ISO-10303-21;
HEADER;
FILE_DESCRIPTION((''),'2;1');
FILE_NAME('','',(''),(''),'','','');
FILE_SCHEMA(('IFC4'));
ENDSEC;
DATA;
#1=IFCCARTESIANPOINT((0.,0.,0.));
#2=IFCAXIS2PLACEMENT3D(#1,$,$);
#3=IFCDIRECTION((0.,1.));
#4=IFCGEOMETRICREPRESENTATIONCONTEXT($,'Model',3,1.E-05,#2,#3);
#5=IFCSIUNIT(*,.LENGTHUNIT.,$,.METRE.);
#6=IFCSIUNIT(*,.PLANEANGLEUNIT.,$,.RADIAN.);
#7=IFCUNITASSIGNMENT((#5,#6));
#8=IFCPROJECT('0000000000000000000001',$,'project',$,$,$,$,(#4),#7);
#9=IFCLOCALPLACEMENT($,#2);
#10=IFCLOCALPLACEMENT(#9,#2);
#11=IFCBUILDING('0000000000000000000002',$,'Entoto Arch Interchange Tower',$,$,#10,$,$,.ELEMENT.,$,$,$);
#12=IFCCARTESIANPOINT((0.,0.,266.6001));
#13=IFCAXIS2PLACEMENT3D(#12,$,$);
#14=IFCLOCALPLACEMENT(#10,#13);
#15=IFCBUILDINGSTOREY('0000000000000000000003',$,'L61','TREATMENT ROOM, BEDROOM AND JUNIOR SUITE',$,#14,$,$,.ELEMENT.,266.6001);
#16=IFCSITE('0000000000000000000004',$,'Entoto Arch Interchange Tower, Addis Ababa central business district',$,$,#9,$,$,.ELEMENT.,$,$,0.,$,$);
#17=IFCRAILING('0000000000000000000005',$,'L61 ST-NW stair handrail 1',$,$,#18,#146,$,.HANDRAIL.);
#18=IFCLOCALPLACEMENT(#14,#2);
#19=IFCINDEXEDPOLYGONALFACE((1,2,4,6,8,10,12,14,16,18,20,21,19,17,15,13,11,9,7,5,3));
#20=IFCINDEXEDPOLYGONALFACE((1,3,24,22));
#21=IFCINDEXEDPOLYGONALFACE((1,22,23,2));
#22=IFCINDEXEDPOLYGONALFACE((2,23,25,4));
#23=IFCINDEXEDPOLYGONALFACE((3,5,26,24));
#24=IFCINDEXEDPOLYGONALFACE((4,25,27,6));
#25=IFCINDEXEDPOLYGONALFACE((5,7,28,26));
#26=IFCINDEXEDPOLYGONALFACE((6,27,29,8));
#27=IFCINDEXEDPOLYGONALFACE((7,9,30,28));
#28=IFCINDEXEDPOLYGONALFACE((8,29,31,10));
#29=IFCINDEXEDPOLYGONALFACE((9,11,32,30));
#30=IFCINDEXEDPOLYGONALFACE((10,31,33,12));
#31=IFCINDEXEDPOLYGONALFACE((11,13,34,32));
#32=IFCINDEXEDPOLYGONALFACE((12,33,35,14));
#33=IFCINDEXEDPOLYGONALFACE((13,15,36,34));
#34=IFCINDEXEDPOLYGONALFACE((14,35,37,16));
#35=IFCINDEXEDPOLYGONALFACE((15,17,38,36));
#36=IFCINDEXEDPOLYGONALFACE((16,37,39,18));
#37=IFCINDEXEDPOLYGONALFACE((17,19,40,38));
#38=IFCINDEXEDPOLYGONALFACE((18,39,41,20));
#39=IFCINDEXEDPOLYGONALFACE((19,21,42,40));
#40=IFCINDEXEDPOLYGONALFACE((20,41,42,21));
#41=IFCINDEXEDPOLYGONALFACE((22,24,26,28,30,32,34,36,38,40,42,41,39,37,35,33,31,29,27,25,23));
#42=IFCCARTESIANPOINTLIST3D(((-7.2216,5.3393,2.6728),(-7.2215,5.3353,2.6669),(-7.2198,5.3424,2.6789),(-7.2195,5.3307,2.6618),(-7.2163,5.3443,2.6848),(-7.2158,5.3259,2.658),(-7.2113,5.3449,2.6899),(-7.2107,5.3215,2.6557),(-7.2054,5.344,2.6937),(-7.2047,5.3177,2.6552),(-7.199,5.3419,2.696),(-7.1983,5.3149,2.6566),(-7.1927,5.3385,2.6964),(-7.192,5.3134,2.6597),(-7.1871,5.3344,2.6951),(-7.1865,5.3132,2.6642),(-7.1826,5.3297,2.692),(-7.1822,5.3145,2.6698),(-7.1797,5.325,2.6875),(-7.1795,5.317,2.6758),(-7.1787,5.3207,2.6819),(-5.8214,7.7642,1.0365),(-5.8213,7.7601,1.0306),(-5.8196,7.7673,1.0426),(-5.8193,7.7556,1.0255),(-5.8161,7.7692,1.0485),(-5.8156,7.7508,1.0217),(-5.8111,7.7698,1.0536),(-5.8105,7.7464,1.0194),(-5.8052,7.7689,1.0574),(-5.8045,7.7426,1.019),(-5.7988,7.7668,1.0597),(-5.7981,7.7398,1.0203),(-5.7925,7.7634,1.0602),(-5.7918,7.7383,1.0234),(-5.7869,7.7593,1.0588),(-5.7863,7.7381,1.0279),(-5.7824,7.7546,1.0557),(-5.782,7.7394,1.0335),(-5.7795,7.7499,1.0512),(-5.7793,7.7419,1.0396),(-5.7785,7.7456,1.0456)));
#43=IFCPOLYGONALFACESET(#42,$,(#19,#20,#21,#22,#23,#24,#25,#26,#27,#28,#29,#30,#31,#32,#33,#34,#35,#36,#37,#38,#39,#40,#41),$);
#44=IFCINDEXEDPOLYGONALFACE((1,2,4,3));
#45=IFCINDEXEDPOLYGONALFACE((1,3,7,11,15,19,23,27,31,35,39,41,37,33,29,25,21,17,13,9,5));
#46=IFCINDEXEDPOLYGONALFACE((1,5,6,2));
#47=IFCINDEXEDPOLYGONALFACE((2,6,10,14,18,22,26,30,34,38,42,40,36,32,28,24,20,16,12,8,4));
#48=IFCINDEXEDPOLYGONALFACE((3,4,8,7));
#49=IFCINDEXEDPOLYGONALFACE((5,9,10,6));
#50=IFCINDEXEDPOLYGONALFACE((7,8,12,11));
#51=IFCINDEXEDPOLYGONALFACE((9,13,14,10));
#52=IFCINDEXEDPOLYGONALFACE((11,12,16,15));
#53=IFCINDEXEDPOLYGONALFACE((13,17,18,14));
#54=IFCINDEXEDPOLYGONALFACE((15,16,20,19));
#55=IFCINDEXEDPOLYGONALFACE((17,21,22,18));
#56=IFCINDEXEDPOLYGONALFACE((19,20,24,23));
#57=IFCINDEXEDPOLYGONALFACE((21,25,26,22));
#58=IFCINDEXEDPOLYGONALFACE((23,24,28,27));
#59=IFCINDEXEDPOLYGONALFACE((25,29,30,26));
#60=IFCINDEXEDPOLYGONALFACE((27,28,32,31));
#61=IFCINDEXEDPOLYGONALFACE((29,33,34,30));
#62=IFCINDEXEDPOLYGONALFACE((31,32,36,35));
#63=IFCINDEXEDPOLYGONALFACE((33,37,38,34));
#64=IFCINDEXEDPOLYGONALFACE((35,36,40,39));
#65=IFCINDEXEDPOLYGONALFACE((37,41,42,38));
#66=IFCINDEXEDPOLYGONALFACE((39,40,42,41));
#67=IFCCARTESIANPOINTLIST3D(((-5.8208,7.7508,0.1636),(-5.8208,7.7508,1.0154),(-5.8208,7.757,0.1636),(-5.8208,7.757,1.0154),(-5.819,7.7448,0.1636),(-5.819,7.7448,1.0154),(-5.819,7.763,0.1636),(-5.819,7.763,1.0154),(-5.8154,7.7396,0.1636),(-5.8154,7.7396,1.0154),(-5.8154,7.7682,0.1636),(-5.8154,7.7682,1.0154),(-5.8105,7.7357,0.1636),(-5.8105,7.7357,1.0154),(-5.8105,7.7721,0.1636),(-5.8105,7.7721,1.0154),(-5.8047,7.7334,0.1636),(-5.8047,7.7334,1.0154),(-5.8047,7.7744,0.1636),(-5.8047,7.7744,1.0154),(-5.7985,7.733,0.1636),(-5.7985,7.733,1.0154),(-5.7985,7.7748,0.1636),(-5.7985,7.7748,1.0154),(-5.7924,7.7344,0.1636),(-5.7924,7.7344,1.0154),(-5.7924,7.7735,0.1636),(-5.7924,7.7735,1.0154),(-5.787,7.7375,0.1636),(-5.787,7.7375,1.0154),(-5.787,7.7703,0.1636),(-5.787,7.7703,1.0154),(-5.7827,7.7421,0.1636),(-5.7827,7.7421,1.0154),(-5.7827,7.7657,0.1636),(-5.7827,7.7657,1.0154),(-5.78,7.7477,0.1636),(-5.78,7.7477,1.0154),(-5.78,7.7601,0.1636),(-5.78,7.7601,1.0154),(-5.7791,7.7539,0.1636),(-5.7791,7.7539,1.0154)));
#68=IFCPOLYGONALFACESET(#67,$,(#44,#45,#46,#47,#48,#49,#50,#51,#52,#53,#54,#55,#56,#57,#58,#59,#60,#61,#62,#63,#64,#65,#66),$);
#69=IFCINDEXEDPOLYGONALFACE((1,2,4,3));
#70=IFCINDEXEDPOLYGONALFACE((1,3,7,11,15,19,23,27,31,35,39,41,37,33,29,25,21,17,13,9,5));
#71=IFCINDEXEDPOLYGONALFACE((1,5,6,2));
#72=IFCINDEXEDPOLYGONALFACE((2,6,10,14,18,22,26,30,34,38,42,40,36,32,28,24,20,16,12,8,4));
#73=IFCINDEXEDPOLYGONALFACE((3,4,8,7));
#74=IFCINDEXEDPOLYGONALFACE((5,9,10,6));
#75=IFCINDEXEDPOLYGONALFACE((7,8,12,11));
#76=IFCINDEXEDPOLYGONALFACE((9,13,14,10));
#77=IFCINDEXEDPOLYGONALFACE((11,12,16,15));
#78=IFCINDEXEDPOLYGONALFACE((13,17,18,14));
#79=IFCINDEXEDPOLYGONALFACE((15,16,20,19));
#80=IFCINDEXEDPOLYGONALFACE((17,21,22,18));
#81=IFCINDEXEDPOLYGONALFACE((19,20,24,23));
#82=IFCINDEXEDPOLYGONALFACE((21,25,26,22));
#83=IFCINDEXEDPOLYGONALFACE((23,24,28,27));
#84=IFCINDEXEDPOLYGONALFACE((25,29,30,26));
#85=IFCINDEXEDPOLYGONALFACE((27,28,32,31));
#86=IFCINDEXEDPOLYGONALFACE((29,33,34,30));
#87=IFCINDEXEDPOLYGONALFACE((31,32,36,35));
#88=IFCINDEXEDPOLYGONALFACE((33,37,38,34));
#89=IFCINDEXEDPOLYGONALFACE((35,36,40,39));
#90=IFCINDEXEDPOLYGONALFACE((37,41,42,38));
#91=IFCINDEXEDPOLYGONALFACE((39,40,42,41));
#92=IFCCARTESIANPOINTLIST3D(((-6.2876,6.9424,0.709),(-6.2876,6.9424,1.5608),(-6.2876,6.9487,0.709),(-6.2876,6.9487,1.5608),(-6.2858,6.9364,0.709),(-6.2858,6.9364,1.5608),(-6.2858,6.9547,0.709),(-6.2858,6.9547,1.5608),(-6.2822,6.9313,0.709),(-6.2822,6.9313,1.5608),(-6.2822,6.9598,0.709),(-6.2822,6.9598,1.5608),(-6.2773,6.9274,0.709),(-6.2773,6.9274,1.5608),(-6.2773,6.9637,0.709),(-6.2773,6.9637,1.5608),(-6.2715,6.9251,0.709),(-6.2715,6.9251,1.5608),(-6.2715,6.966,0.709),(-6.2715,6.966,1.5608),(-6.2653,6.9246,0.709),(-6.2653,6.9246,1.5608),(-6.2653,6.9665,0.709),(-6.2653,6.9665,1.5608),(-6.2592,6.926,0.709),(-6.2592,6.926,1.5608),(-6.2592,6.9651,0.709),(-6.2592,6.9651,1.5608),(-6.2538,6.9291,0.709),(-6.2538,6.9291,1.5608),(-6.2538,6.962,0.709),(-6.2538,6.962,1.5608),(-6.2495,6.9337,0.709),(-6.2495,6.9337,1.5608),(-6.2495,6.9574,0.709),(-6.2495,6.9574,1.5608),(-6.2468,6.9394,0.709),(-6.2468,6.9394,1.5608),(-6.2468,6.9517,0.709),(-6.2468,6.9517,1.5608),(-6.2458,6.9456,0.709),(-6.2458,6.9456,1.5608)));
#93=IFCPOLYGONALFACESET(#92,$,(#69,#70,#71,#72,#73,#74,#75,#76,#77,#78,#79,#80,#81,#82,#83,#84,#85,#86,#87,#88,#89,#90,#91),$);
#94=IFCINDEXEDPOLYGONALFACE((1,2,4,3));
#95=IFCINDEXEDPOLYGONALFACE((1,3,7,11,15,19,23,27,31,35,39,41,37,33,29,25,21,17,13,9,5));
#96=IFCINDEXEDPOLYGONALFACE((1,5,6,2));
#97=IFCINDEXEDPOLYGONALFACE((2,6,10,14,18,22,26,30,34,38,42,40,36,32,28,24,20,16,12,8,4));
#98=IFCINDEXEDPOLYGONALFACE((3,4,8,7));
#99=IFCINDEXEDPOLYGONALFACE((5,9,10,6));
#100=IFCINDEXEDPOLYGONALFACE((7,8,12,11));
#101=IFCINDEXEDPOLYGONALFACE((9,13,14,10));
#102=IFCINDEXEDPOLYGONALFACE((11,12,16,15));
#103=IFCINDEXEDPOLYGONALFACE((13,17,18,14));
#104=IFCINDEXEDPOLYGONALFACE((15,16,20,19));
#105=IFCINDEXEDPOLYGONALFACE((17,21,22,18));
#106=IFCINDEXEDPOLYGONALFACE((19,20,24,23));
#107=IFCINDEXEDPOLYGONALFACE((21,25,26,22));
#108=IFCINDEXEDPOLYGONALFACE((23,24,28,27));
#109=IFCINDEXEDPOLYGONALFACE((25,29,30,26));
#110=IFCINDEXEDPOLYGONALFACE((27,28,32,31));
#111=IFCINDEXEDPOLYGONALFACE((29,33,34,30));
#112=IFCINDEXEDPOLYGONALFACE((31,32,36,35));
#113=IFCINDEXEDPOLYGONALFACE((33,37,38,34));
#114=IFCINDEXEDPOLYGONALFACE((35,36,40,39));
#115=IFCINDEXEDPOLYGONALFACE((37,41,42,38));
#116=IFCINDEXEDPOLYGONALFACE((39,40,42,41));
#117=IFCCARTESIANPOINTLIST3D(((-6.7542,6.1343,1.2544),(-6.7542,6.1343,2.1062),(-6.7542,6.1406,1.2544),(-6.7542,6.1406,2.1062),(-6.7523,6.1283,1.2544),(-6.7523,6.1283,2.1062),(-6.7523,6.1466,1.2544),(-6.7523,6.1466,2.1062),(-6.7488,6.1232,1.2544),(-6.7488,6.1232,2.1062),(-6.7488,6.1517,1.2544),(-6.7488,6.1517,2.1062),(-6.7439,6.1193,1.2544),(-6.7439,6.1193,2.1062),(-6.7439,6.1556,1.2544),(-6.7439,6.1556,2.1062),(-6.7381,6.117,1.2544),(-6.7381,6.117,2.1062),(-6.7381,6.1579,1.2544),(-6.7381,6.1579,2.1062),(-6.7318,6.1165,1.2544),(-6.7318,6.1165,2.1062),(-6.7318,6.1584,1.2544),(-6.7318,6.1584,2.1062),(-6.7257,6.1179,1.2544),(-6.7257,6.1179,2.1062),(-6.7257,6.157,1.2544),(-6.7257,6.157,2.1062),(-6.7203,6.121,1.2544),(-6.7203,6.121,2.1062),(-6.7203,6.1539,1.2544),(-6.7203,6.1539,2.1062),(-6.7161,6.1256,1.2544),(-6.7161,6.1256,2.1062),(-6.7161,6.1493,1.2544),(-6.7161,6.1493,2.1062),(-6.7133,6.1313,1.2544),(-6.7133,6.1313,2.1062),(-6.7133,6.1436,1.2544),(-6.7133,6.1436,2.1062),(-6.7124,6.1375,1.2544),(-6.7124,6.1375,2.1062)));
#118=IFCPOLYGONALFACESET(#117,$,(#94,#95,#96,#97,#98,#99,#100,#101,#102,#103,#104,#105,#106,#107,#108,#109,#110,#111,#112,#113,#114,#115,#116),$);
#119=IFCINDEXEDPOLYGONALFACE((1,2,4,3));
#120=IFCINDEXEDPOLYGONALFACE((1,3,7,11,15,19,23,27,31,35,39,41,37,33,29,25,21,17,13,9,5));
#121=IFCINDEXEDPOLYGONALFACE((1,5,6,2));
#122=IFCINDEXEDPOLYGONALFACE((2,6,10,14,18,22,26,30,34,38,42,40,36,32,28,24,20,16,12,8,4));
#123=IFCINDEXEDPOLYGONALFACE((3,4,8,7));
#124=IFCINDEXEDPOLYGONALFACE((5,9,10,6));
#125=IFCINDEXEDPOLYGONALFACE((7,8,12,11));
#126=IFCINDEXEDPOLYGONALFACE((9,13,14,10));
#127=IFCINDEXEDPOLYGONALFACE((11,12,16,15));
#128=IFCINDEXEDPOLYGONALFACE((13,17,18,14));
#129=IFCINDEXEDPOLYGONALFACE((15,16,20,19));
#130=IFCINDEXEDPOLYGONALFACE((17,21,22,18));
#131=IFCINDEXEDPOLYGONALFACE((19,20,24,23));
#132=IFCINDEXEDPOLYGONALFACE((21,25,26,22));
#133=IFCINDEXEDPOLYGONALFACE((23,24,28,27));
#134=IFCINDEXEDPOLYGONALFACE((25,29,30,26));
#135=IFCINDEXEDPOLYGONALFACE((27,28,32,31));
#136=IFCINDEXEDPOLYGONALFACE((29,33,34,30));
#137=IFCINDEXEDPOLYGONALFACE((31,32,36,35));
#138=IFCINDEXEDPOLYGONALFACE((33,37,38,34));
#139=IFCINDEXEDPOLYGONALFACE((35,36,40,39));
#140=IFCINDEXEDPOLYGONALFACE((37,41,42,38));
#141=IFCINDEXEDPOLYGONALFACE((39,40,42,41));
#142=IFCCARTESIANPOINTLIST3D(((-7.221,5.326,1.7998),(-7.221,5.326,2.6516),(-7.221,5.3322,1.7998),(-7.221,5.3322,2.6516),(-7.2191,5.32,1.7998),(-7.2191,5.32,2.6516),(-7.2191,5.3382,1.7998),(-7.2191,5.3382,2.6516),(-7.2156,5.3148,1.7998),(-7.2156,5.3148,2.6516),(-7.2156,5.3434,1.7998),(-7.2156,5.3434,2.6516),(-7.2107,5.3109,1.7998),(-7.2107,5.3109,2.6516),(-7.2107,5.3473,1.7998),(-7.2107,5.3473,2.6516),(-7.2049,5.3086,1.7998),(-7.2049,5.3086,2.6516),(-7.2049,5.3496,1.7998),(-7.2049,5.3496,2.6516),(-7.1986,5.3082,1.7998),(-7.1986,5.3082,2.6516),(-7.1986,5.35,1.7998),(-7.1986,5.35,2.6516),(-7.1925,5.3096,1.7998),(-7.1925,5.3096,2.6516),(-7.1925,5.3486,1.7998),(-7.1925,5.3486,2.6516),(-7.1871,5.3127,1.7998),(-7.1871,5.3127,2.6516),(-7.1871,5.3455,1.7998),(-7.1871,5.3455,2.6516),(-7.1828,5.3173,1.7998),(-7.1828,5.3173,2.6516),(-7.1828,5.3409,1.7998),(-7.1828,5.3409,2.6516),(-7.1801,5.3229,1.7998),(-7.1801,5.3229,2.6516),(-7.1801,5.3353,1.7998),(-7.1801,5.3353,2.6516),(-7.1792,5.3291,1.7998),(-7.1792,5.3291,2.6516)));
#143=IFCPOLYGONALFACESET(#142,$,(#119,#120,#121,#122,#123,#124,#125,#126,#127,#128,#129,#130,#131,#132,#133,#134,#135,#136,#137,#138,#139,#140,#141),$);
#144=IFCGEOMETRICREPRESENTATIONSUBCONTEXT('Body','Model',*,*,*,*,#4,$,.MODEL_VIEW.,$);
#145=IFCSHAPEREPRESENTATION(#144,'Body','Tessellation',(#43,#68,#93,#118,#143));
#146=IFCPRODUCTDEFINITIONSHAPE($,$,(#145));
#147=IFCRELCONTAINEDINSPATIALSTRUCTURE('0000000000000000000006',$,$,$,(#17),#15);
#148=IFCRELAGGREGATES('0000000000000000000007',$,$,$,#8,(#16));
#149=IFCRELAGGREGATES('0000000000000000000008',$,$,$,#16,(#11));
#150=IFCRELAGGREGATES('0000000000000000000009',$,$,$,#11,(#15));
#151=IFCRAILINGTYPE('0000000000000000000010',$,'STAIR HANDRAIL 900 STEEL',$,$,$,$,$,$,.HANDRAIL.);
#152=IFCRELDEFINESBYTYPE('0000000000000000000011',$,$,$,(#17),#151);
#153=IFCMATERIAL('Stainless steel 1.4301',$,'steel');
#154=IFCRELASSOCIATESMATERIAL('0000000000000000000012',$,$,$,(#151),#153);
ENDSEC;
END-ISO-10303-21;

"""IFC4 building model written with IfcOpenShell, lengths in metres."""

from ifc_helpers import new_model, si_unit, direction, frame, origin, origin_2d, place, context, subcontext, project, spatial, circle, extrude, material, type_object, element, save


model = new_model("IFC4")

# Units and contexts
model_context = context("Model", 3, precision=1e-05, world=origin(), true_north=direction((0.0, 1.0)))
body_context = subcontext(model_context, "Body", "Model", "MODEL_VIEW")
ifc_project = project(units=[si_unit("LENGTHUNIT", "METRE"), si_unit("PLANEANGLEUNIT", "RADIAN")], contexts=[model_context])

# Site, building, storey
site_placement = place(None, origin())
site = spatial("IfcSite", under=ifc_project, at=site_placement, Name="Entoto Arch Interchange Tower, Addis Ababa central business district", CompositionType="ELEMENT", RefElevation=0.0)
building_placement = place(site_placement, origin())
building = spatial("IfcBuilding", under=site, at=building_placement, Name="Entoto Arch Interchange Tower", CompositionType="ELEMENT")
storey_placement = place(building_placement, frame((0.0, 0.0, 266.6001)))
storey = spatial("IfcBuildingStorey", under=building, at=storey_placement, Name="L61", Description="TREATMENT ROOM, BEDROOM AND JUNIOR SUITE", CompositionType="ELEMENT", Elevation=266.6001)

# Railing
ifc_material_1 = material(Name="Stainless steel 1.4301", Category="steel")
railing_type_1 = type_object("IfcRailingType", Name="STAIR HANDRAIL 900 STEEL", PredefinedType="HANDRAIL", material=ifc_material_1)
railing_1_placement = place(storey_placement, frame((-5.8, 7.7539, 0.1636)))
element("IfcRailing", 1, at=railing_1_placement, inside=storey, type_object=railing_type_1, Name="L61 ST-NW stair handrail 1", PredefinedType="HANDRAIL", context=body_context, shape_type="SweptSolid", body=[
    extrude(circle(Radius=0.0239, at=origin_2d()), frame((0.0, 0.0, 0.876), z_axis=(-0.431738, -0.747694, 0.504535), x_axis=(0.865997, -0.50005, 0.0)), (0.0, 0.0, 1.0), 3.2432),
    extrude(circle(Radius=0.021, at=origin_2d()), origin(), (0.0, 0.0, 1.0), 0.8518),
    extrude(circle(Radius=0.021, at=origin_2d()), frame((-0.4668, -0.8083, 0.5454)), (0.0, 0.0, 1.0), 0.8518),
    extrude(circle(Radius=0.021, at=origin_2d()), frame((-0.9333, -1.6165, 1.0908)), (0.0, 0.0, 1.0), 0.8518),
    extrude(circle(Radius=0.021, at=origin_2d()), frame((-1.4001, -2.4248, 1.6362)), (0.0, 0.0, 1.0), 0.8518),
])

save(model, "model.ifc")
